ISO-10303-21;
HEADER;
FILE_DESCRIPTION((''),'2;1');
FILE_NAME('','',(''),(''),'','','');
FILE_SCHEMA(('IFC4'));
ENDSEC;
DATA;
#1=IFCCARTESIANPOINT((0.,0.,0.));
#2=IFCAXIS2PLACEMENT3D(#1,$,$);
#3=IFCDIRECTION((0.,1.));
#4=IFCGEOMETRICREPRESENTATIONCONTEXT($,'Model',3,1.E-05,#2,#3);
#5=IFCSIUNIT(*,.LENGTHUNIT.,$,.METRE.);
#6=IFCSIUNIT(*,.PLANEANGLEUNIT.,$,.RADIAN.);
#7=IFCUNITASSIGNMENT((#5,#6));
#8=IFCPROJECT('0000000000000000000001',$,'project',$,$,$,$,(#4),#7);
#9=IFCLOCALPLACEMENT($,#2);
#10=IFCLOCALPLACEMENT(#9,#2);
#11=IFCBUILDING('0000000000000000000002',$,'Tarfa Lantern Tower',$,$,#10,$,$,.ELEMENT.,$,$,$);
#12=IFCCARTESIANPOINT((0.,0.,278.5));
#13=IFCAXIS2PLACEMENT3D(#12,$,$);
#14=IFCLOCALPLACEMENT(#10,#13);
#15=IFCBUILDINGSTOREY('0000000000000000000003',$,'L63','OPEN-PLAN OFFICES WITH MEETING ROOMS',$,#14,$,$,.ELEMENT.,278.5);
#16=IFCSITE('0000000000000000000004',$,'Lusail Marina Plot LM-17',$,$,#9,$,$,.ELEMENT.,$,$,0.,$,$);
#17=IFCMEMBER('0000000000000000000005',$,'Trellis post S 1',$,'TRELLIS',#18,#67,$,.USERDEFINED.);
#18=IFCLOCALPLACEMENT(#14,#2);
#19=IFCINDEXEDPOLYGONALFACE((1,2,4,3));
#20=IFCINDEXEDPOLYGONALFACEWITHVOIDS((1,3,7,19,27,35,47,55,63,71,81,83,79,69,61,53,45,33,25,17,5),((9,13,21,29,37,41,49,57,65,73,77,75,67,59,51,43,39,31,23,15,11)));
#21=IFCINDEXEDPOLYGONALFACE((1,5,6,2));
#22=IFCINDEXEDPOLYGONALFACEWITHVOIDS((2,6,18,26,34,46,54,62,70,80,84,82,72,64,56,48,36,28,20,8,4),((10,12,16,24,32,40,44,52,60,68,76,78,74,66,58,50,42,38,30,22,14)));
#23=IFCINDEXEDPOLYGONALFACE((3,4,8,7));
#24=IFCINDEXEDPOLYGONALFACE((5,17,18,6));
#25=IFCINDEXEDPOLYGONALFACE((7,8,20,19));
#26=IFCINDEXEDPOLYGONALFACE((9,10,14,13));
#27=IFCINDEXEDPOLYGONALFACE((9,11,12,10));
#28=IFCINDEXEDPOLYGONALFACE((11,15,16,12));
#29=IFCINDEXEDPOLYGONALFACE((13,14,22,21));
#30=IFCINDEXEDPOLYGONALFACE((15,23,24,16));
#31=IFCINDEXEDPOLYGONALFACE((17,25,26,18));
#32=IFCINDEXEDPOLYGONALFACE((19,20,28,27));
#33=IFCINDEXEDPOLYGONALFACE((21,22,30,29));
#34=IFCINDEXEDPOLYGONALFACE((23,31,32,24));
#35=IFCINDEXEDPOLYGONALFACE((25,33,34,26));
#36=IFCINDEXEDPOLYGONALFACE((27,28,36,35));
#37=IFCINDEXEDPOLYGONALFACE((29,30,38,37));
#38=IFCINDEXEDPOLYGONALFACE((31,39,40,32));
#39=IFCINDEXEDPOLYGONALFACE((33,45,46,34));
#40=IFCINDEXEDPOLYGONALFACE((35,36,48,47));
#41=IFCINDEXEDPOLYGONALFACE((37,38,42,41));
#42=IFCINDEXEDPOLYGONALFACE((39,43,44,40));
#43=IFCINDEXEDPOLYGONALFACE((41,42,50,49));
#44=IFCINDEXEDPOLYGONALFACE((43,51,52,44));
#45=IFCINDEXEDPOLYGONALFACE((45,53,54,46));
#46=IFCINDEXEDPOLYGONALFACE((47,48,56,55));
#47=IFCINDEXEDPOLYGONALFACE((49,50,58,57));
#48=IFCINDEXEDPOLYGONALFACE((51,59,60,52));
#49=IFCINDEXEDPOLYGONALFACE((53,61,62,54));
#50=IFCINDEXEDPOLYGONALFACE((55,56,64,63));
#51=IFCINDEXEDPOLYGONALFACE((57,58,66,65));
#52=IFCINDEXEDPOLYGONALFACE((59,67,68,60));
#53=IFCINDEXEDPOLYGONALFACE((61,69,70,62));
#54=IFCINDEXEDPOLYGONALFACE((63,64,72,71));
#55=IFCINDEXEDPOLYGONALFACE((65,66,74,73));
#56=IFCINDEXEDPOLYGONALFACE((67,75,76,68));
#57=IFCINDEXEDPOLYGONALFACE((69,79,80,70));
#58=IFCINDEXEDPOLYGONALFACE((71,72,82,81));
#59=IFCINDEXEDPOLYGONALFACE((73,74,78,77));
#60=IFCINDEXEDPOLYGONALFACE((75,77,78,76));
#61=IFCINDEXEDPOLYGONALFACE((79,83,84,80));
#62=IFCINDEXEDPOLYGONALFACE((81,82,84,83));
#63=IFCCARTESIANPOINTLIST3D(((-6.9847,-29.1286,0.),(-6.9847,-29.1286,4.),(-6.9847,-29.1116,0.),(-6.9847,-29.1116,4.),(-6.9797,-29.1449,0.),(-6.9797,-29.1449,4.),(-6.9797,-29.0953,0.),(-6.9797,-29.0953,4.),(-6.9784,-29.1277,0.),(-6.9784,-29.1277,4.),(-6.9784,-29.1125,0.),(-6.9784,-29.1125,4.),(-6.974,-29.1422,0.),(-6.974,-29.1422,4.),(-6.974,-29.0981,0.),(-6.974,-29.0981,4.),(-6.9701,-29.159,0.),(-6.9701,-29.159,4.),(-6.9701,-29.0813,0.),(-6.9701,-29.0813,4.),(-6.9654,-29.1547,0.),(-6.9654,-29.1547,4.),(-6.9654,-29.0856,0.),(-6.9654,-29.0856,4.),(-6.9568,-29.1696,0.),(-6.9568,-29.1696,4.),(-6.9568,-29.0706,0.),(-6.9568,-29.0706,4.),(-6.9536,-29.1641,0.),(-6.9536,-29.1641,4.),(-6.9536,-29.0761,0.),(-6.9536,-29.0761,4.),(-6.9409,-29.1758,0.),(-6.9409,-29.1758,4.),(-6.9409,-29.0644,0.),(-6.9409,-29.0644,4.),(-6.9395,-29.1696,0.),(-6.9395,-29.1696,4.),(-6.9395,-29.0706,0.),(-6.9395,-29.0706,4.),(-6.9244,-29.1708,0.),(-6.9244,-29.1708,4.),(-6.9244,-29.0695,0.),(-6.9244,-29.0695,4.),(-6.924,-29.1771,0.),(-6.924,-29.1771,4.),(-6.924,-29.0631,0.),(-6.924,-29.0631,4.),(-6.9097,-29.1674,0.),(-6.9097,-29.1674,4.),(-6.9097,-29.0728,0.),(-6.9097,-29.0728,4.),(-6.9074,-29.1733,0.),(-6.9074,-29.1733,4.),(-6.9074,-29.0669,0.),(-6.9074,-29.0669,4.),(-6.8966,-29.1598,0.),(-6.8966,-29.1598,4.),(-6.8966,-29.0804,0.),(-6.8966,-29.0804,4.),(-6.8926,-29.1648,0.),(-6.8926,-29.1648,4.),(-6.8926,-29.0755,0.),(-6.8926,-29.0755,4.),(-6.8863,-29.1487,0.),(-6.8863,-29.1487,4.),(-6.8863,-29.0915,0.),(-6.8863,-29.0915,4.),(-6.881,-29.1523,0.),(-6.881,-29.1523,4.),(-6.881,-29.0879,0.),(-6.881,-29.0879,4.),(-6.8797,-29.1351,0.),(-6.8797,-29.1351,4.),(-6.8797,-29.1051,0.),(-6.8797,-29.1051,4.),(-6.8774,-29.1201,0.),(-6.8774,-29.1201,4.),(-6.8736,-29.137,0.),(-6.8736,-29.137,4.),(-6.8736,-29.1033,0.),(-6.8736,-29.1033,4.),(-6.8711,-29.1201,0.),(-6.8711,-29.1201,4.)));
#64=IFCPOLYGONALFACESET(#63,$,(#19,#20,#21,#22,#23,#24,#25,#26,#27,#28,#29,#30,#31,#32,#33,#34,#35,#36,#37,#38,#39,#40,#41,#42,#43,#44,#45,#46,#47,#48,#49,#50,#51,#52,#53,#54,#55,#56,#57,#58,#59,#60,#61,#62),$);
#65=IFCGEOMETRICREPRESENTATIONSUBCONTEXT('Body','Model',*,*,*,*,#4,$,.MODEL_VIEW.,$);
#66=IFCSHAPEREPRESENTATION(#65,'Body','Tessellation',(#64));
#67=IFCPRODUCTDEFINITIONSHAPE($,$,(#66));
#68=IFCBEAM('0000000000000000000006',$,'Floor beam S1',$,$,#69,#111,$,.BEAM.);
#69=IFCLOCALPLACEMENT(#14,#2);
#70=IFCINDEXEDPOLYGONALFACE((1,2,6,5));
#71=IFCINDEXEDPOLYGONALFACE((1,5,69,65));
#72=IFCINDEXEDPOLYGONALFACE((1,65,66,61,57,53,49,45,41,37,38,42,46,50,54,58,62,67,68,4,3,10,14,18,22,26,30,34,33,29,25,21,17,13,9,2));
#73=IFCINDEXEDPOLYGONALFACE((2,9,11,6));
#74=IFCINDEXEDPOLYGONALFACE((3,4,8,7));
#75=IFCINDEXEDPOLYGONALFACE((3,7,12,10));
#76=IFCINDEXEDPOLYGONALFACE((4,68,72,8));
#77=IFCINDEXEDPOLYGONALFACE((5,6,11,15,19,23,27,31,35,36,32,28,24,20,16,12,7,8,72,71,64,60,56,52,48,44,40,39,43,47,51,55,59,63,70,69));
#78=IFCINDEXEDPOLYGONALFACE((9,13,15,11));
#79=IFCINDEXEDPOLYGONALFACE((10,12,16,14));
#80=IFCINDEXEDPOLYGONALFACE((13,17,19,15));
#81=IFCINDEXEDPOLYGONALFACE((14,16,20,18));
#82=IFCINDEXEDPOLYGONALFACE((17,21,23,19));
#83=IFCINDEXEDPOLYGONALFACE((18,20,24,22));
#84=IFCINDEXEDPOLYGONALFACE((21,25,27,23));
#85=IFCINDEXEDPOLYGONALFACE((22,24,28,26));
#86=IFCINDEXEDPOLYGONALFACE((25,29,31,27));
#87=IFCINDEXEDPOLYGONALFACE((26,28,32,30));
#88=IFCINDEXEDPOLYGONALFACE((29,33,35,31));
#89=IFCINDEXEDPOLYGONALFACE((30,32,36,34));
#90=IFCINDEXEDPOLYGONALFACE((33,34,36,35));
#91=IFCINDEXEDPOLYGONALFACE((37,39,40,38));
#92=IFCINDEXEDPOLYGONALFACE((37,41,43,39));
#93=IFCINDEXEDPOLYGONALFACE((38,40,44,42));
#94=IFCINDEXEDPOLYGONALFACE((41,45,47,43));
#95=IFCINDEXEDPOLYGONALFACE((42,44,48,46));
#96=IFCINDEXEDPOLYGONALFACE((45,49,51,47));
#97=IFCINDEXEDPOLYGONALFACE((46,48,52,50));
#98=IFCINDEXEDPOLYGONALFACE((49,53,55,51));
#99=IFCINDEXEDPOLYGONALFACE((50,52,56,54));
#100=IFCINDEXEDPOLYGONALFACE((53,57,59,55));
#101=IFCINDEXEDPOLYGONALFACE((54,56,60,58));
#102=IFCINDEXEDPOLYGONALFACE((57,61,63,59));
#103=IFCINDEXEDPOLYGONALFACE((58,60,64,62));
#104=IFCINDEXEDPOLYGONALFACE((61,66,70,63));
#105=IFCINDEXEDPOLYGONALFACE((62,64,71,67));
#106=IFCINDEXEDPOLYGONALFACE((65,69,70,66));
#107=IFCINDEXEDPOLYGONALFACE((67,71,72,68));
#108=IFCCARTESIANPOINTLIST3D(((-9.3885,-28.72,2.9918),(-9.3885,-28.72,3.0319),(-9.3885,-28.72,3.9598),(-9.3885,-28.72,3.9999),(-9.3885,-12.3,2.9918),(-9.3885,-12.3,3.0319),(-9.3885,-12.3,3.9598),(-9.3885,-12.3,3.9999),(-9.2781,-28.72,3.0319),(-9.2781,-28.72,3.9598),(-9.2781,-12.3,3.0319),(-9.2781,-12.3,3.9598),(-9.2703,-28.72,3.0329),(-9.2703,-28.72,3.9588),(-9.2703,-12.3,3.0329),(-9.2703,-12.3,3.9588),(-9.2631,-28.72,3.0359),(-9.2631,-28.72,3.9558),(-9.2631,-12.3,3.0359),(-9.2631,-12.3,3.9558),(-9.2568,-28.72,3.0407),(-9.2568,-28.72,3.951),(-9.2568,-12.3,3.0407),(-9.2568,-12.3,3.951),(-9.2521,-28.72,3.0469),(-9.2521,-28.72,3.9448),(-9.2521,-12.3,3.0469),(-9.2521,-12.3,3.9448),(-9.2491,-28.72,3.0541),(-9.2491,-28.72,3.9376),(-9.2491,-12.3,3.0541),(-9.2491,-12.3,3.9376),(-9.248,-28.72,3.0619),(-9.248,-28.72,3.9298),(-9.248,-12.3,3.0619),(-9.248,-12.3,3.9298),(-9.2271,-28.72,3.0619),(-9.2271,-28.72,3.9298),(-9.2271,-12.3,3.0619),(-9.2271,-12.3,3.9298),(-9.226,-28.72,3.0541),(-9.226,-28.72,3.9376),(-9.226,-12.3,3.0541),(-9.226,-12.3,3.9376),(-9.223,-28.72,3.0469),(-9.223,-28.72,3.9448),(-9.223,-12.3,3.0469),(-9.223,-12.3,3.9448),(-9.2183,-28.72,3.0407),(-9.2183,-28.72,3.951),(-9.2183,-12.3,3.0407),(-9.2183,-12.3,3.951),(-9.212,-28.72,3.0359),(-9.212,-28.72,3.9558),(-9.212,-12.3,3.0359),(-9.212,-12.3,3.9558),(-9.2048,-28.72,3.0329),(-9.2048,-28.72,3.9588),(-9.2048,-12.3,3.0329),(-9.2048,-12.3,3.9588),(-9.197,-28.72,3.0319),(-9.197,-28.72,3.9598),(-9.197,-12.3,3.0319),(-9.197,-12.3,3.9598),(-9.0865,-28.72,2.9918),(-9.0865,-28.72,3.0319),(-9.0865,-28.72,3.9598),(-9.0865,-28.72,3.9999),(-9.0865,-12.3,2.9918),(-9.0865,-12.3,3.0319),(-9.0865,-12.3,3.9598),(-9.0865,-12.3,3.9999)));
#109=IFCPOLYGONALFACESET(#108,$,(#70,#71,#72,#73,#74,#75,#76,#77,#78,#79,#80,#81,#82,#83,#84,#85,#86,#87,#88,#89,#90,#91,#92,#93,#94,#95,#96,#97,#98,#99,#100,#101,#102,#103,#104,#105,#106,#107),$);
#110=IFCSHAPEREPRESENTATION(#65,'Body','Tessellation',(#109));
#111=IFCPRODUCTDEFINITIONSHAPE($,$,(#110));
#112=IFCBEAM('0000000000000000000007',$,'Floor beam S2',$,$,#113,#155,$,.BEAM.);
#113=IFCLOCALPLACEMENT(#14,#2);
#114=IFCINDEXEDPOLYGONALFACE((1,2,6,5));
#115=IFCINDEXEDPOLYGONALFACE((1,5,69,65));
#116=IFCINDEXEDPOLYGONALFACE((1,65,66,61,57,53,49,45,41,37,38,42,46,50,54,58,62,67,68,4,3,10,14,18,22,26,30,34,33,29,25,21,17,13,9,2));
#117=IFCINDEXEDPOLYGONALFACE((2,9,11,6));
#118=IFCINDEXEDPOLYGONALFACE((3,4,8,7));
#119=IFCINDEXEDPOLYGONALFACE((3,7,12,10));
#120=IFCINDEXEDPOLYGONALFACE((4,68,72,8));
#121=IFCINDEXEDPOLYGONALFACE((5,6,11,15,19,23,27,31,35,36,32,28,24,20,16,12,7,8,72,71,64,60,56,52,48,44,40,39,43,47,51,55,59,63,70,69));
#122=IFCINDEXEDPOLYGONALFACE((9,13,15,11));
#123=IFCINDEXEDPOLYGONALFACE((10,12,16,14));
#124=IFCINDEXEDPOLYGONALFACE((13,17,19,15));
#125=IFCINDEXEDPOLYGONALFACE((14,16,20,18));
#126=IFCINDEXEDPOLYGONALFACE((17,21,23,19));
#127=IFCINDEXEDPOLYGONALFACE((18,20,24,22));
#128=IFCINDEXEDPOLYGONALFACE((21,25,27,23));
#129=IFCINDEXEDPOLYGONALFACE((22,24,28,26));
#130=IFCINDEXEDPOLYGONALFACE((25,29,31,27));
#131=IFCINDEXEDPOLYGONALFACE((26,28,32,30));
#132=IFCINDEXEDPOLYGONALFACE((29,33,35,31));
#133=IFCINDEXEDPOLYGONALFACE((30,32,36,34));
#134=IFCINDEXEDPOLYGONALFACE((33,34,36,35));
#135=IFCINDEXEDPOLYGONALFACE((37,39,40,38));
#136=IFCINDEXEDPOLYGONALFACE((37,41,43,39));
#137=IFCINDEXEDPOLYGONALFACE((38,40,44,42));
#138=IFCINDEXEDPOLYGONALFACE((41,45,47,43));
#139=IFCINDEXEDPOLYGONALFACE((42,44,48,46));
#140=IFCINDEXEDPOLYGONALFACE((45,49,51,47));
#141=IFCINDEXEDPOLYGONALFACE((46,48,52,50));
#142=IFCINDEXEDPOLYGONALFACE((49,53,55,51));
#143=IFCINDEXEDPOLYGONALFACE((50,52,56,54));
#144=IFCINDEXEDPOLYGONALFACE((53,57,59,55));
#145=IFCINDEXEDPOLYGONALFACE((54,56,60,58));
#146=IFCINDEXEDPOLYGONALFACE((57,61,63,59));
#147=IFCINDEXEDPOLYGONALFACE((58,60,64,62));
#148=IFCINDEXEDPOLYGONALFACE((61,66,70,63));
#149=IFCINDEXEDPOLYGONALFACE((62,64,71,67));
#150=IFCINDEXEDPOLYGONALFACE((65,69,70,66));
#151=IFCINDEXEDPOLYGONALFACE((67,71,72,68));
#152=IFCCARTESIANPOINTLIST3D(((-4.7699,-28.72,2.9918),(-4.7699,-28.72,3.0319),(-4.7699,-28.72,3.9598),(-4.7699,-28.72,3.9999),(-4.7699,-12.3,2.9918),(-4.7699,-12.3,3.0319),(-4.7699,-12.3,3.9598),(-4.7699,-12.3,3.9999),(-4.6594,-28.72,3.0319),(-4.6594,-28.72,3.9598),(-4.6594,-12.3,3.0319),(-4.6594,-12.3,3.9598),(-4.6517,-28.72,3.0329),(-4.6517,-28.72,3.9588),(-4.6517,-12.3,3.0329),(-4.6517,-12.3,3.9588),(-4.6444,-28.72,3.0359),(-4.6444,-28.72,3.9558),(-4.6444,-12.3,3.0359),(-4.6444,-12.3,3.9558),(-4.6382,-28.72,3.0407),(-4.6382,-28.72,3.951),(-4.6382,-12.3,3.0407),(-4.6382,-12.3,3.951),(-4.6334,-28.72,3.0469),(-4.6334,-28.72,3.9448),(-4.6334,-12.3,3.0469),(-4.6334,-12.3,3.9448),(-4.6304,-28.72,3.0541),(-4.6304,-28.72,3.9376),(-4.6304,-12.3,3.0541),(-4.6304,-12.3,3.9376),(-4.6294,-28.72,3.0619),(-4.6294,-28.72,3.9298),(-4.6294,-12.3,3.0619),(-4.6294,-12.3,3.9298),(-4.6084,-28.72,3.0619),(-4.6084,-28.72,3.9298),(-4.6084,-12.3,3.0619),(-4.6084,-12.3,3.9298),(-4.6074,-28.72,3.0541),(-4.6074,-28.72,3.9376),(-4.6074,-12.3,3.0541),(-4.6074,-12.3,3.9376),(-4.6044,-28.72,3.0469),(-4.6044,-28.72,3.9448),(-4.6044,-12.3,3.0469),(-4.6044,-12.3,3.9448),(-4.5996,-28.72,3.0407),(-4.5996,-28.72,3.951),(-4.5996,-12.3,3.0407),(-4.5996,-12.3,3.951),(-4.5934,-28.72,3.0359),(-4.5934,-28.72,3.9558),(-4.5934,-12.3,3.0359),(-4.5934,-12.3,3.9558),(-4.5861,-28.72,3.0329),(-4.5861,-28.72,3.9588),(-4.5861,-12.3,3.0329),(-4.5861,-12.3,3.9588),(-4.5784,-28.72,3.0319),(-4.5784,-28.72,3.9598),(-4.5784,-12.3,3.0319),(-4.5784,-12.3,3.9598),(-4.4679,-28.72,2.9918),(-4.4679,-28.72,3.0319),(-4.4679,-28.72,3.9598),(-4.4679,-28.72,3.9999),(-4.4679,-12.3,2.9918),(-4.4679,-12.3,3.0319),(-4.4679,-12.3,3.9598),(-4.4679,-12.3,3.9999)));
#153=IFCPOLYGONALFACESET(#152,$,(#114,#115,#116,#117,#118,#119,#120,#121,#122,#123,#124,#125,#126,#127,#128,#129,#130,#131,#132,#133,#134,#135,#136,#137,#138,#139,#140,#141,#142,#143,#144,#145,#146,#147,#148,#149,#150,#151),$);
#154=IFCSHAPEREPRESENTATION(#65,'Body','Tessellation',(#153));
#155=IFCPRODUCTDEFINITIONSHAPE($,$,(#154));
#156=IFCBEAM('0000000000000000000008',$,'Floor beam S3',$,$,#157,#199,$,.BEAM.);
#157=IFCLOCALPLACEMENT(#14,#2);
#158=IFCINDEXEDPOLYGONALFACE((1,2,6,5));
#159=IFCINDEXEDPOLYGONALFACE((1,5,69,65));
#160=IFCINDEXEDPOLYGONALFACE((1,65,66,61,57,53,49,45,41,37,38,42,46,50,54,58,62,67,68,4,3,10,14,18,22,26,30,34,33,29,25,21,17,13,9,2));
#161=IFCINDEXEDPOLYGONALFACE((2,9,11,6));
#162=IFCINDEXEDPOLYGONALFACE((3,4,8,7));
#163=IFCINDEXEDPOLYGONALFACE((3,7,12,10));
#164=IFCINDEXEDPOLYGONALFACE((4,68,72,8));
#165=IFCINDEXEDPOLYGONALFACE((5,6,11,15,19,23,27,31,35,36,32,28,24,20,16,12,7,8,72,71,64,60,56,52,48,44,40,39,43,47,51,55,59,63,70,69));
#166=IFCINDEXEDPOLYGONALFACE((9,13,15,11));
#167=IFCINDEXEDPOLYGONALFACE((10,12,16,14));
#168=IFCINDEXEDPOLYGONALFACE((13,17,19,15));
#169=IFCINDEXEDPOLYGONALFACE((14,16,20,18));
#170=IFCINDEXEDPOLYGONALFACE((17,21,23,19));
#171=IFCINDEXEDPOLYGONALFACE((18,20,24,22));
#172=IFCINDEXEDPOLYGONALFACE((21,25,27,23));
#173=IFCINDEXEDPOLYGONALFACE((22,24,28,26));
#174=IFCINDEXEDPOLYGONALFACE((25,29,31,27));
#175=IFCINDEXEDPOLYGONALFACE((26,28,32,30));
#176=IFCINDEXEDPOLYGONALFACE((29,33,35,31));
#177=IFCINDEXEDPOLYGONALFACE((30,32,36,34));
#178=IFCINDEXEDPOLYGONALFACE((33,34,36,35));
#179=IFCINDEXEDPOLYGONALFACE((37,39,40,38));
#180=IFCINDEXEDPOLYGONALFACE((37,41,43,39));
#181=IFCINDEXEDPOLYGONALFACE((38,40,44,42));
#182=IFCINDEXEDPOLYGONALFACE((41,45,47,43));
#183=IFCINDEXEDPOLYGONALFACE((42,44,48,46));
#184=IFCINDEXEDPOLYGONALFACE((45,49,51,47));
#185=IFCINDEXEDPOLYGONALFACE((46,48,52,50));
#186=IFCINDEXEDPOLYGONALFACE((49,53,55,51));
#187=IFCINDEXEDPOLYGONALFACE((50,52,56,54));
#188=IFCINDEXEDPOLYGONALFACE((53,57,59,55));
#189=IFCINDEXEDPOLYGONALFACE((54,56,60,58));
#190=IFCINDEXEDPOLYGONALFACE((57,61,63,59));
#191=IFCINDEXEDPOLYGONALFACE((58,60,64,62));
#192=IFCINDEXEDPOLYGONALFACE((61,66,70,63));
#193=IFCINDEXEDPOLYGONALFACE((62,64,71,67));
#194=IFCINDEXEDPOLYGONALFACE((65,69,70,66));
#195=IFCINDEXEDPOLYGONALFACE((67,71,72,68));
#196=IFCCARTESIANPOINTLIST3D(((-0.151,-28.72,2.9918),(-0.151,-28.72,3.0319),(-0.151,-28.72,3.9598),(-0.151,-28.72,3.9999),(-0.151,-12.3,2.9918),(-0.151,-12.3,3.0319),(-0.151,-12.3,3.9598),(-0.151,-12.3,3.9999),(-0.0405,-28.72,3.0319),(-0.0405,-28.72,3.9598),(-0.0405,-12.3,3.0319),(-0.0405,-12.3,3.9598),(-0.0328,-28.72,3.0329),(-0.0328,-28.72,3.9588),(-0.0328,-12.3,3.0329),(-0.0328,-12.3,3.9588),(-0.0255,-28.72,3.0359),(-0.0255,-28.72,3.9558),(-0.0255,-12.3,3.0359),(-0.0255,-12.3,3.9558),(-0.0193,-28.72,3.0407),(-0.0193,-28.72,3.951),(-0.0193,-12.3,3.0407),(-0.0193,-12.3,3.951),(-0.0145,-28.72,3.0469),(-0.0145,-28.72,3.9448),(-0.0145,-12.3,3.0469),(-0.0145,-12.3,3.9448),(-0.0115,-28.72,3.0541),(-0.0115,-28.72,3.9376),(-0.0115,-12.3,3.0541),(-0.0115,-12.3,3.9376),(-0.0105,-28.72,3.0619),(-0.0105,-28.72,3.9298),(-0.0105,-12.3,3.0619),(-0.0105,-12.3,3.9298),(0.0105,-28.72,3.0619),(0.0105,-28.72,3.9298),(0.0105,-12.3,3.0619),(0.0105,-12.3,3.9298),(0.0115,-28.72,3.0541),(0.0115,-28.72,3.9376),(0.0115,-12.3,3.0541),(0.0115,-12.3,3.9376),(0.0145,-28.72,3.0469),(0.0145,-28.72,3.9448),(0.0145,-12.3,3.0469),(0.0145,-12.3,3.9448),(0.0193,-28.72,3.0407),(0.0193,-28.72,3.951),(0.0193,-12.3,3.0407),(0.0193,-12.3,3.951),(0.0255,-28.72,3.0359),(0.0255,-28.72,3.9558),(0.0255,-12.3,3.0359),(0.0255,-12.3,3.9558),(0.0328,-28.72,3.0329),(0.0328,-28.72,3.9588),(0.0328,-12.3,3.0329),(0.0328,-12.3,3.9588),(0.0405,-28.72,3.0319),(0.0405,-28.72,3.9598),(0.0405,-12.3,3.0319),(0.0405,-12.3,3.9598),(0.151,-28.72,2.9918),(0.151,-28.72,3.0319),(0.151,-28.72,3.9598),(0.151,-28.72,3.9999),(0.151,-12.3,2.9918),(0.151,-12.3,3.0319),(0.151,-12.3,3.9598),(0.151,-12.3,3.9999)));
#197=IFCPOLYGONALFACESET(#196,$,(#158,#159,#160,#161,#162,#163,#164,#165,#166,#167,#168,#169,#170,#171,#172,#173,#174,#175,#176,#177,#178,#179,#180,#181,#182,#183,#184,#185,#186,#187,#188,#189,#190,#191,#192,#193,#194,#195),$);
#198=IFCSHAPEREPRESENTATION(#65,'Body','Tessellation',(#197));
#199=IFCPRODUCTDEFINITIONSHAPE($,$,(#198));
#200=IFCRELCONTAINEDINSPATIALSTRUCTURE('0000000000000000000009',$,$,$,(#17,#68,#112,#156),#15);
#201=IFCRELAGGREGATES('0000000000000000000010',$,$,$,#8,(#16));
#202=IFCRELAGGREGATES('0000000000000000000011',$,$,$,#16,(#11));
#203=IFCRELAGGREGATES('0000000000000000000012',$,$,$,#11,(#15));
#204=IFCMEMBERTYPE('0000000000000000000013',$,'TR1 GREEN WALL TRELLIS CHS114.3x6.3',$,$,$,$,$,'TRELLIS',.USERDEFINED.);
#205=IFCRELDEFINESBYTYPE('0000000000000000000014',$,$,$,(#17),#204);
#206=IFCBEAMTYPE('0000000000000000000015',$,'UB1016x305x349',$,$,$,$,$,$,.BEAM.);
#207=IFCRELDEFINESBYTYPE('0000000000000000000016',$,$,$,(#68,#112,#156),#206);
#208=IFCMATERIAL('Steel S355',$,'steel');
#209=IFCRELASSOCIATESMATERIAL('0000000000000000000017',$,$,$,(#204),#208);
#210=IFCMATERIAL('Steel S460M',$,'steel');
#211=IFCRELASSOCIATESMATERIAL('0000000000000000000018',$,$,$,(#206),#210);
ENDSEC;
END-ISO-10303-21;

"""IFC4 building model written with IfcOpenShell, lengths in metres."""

from ifc_helpers import new_model, si_unit, direction, frame, origin, origin_2d, place, context, subcontext, project, spatial, hollow_circle, i_section, extrude, material, material_profile, profile_set, type_object, element, save


model = new_model("IFC4")

# Units and contexts
model_context = context("Model", 3, precision=1e-05, world=origin(), true_north=direction((0.0, 1.0)))
body_context = subcontext(model_context, "Body", "Model", "MODEL_VIEW")
ifc_project = project(units=[si_unit("LENGTHUNIT", "METRE"), si_unit("PLANEANGLEUNIT", "RADIAN")], contexts=[model_context])

# Site, building, storey
site_placement = place(None, origin())
site = spatial("IfcSite", under=ifc_project, at=site_placement, Name="Lusail Marina Plot LM-17", CompositionType="ELEMENT", RefElevation=0.0)
building_placement = place(site_placement, origin())
building = spatial("IfcBuilding", under=site, at=building_placement, Name="Tarfa Lantern Tower", CompositionType="ELEMENT")
storey_placement = place(building_placement, frame((0.0, 0.0, 278.5)))
storey = spatial("IfcBuildingStorey", under=building, at=storey_placement, Name="L63", Description="OPEN-PLAN OFFICES WITH MEETING ROOMS", CompositionType="ELEMENT", Elevation=278.5)

# Member
ifc_material_1 = material(Name="Steel S355", Category="steel")
ifc_material_profile_1 = material_profile(ifc_material_1, hollow_circle(Radius=0.0571, WallThickness=0.0063, at=origin_2d()), Name="CHS114.3x6.3")
ifc_profile_set_1 = profile_set([ifc_material_profile_1], Name="Steel S355")
member_type_1 = type_object("IfcMemberType", Name="TR1 GREEN WALL TRELLIS CHS114.3x6.3", ElementType="TRELLIS", PredefinedType="USERDEFINED", material=ifc_profile_set_1)
member_1_placement = place(storey_placement, frame((-6.9282, -29.1201, 0.0), z_axis=(0.0, 0.0, 1.0), x_axis=(1.0, 0.0, 0.0)))
element("IfcMember", 1, at=member_1_placement, inside=storey, type_object=member_type_1, Name="Trellis post S 1", ObjectType="TRELLIS", PredefinedType="USERDEFINED", context=body_context, shape_type="SweptSolid", body=[
    extrude(hollow_circle(Radius=0.0571, WallThickness=0.0063, at=origin_2d()), origin(), (0.0, 0.0, 1.0), 4.0),
])

# Beams
ifc_material_2 = material(Name="Steel S460M", Category="steel")
ifc_material_profile_2 = material_profile(ifc_material_2, i_section(OverallWidth=0.302, OverallDepth=1.0081, WebThickness=0.021, FlangeThickness=0.04, FilletRadius=0.03, at=origin_2d()), Name="UB1016x305x349")
ifc_profile_set_2 = profile_set([ifc_material_profile_2], Name="Steel S460M")
beam_type_1 = type_object("IfcBeamType", Name="UB1016x305x349", PredefinedType="BEAM", material=ifc_profile_set_2)
for number, where, z_axis, x_axis, name in (
    (2, (-9.2375, -28.72, 3.4958), (0.0, 1.0, 0.0), (-1.0, 0.0, 0.0), "Floor beam S1"),
    (3, (-4.6189, -28.72, 3.4958), (0.0, 1.0, 0.0), (-1.0, 0.0, 0.0), "Floor beam S2"),
    (4, (0.0, -28.72, 3.4958), (0.0, 1.0, 0.0), (-1.0, 0.0, 0.0), "Floor beam S3"),
):
    element("IfcBeam", number, at=place(storey_placement, frame(where, z_axis=z_axis, x_axis=x_axis)), inside=storey, type_object=beam_type_1, Name=name, PredefinedType="BEAM", context=body_context, shape_type="SweptSolid", body=[
        extrude(i_section(OverallWidth=0.302, OverallDepth=1.0081, WebThickness=0.021, FlangeThickness=0.04, FilletRadius=0.03, at=origin_2d()), origin(), (0.0, 0.0, 1.0), 16.4199),
    ])

save(model, "model.ifc")
